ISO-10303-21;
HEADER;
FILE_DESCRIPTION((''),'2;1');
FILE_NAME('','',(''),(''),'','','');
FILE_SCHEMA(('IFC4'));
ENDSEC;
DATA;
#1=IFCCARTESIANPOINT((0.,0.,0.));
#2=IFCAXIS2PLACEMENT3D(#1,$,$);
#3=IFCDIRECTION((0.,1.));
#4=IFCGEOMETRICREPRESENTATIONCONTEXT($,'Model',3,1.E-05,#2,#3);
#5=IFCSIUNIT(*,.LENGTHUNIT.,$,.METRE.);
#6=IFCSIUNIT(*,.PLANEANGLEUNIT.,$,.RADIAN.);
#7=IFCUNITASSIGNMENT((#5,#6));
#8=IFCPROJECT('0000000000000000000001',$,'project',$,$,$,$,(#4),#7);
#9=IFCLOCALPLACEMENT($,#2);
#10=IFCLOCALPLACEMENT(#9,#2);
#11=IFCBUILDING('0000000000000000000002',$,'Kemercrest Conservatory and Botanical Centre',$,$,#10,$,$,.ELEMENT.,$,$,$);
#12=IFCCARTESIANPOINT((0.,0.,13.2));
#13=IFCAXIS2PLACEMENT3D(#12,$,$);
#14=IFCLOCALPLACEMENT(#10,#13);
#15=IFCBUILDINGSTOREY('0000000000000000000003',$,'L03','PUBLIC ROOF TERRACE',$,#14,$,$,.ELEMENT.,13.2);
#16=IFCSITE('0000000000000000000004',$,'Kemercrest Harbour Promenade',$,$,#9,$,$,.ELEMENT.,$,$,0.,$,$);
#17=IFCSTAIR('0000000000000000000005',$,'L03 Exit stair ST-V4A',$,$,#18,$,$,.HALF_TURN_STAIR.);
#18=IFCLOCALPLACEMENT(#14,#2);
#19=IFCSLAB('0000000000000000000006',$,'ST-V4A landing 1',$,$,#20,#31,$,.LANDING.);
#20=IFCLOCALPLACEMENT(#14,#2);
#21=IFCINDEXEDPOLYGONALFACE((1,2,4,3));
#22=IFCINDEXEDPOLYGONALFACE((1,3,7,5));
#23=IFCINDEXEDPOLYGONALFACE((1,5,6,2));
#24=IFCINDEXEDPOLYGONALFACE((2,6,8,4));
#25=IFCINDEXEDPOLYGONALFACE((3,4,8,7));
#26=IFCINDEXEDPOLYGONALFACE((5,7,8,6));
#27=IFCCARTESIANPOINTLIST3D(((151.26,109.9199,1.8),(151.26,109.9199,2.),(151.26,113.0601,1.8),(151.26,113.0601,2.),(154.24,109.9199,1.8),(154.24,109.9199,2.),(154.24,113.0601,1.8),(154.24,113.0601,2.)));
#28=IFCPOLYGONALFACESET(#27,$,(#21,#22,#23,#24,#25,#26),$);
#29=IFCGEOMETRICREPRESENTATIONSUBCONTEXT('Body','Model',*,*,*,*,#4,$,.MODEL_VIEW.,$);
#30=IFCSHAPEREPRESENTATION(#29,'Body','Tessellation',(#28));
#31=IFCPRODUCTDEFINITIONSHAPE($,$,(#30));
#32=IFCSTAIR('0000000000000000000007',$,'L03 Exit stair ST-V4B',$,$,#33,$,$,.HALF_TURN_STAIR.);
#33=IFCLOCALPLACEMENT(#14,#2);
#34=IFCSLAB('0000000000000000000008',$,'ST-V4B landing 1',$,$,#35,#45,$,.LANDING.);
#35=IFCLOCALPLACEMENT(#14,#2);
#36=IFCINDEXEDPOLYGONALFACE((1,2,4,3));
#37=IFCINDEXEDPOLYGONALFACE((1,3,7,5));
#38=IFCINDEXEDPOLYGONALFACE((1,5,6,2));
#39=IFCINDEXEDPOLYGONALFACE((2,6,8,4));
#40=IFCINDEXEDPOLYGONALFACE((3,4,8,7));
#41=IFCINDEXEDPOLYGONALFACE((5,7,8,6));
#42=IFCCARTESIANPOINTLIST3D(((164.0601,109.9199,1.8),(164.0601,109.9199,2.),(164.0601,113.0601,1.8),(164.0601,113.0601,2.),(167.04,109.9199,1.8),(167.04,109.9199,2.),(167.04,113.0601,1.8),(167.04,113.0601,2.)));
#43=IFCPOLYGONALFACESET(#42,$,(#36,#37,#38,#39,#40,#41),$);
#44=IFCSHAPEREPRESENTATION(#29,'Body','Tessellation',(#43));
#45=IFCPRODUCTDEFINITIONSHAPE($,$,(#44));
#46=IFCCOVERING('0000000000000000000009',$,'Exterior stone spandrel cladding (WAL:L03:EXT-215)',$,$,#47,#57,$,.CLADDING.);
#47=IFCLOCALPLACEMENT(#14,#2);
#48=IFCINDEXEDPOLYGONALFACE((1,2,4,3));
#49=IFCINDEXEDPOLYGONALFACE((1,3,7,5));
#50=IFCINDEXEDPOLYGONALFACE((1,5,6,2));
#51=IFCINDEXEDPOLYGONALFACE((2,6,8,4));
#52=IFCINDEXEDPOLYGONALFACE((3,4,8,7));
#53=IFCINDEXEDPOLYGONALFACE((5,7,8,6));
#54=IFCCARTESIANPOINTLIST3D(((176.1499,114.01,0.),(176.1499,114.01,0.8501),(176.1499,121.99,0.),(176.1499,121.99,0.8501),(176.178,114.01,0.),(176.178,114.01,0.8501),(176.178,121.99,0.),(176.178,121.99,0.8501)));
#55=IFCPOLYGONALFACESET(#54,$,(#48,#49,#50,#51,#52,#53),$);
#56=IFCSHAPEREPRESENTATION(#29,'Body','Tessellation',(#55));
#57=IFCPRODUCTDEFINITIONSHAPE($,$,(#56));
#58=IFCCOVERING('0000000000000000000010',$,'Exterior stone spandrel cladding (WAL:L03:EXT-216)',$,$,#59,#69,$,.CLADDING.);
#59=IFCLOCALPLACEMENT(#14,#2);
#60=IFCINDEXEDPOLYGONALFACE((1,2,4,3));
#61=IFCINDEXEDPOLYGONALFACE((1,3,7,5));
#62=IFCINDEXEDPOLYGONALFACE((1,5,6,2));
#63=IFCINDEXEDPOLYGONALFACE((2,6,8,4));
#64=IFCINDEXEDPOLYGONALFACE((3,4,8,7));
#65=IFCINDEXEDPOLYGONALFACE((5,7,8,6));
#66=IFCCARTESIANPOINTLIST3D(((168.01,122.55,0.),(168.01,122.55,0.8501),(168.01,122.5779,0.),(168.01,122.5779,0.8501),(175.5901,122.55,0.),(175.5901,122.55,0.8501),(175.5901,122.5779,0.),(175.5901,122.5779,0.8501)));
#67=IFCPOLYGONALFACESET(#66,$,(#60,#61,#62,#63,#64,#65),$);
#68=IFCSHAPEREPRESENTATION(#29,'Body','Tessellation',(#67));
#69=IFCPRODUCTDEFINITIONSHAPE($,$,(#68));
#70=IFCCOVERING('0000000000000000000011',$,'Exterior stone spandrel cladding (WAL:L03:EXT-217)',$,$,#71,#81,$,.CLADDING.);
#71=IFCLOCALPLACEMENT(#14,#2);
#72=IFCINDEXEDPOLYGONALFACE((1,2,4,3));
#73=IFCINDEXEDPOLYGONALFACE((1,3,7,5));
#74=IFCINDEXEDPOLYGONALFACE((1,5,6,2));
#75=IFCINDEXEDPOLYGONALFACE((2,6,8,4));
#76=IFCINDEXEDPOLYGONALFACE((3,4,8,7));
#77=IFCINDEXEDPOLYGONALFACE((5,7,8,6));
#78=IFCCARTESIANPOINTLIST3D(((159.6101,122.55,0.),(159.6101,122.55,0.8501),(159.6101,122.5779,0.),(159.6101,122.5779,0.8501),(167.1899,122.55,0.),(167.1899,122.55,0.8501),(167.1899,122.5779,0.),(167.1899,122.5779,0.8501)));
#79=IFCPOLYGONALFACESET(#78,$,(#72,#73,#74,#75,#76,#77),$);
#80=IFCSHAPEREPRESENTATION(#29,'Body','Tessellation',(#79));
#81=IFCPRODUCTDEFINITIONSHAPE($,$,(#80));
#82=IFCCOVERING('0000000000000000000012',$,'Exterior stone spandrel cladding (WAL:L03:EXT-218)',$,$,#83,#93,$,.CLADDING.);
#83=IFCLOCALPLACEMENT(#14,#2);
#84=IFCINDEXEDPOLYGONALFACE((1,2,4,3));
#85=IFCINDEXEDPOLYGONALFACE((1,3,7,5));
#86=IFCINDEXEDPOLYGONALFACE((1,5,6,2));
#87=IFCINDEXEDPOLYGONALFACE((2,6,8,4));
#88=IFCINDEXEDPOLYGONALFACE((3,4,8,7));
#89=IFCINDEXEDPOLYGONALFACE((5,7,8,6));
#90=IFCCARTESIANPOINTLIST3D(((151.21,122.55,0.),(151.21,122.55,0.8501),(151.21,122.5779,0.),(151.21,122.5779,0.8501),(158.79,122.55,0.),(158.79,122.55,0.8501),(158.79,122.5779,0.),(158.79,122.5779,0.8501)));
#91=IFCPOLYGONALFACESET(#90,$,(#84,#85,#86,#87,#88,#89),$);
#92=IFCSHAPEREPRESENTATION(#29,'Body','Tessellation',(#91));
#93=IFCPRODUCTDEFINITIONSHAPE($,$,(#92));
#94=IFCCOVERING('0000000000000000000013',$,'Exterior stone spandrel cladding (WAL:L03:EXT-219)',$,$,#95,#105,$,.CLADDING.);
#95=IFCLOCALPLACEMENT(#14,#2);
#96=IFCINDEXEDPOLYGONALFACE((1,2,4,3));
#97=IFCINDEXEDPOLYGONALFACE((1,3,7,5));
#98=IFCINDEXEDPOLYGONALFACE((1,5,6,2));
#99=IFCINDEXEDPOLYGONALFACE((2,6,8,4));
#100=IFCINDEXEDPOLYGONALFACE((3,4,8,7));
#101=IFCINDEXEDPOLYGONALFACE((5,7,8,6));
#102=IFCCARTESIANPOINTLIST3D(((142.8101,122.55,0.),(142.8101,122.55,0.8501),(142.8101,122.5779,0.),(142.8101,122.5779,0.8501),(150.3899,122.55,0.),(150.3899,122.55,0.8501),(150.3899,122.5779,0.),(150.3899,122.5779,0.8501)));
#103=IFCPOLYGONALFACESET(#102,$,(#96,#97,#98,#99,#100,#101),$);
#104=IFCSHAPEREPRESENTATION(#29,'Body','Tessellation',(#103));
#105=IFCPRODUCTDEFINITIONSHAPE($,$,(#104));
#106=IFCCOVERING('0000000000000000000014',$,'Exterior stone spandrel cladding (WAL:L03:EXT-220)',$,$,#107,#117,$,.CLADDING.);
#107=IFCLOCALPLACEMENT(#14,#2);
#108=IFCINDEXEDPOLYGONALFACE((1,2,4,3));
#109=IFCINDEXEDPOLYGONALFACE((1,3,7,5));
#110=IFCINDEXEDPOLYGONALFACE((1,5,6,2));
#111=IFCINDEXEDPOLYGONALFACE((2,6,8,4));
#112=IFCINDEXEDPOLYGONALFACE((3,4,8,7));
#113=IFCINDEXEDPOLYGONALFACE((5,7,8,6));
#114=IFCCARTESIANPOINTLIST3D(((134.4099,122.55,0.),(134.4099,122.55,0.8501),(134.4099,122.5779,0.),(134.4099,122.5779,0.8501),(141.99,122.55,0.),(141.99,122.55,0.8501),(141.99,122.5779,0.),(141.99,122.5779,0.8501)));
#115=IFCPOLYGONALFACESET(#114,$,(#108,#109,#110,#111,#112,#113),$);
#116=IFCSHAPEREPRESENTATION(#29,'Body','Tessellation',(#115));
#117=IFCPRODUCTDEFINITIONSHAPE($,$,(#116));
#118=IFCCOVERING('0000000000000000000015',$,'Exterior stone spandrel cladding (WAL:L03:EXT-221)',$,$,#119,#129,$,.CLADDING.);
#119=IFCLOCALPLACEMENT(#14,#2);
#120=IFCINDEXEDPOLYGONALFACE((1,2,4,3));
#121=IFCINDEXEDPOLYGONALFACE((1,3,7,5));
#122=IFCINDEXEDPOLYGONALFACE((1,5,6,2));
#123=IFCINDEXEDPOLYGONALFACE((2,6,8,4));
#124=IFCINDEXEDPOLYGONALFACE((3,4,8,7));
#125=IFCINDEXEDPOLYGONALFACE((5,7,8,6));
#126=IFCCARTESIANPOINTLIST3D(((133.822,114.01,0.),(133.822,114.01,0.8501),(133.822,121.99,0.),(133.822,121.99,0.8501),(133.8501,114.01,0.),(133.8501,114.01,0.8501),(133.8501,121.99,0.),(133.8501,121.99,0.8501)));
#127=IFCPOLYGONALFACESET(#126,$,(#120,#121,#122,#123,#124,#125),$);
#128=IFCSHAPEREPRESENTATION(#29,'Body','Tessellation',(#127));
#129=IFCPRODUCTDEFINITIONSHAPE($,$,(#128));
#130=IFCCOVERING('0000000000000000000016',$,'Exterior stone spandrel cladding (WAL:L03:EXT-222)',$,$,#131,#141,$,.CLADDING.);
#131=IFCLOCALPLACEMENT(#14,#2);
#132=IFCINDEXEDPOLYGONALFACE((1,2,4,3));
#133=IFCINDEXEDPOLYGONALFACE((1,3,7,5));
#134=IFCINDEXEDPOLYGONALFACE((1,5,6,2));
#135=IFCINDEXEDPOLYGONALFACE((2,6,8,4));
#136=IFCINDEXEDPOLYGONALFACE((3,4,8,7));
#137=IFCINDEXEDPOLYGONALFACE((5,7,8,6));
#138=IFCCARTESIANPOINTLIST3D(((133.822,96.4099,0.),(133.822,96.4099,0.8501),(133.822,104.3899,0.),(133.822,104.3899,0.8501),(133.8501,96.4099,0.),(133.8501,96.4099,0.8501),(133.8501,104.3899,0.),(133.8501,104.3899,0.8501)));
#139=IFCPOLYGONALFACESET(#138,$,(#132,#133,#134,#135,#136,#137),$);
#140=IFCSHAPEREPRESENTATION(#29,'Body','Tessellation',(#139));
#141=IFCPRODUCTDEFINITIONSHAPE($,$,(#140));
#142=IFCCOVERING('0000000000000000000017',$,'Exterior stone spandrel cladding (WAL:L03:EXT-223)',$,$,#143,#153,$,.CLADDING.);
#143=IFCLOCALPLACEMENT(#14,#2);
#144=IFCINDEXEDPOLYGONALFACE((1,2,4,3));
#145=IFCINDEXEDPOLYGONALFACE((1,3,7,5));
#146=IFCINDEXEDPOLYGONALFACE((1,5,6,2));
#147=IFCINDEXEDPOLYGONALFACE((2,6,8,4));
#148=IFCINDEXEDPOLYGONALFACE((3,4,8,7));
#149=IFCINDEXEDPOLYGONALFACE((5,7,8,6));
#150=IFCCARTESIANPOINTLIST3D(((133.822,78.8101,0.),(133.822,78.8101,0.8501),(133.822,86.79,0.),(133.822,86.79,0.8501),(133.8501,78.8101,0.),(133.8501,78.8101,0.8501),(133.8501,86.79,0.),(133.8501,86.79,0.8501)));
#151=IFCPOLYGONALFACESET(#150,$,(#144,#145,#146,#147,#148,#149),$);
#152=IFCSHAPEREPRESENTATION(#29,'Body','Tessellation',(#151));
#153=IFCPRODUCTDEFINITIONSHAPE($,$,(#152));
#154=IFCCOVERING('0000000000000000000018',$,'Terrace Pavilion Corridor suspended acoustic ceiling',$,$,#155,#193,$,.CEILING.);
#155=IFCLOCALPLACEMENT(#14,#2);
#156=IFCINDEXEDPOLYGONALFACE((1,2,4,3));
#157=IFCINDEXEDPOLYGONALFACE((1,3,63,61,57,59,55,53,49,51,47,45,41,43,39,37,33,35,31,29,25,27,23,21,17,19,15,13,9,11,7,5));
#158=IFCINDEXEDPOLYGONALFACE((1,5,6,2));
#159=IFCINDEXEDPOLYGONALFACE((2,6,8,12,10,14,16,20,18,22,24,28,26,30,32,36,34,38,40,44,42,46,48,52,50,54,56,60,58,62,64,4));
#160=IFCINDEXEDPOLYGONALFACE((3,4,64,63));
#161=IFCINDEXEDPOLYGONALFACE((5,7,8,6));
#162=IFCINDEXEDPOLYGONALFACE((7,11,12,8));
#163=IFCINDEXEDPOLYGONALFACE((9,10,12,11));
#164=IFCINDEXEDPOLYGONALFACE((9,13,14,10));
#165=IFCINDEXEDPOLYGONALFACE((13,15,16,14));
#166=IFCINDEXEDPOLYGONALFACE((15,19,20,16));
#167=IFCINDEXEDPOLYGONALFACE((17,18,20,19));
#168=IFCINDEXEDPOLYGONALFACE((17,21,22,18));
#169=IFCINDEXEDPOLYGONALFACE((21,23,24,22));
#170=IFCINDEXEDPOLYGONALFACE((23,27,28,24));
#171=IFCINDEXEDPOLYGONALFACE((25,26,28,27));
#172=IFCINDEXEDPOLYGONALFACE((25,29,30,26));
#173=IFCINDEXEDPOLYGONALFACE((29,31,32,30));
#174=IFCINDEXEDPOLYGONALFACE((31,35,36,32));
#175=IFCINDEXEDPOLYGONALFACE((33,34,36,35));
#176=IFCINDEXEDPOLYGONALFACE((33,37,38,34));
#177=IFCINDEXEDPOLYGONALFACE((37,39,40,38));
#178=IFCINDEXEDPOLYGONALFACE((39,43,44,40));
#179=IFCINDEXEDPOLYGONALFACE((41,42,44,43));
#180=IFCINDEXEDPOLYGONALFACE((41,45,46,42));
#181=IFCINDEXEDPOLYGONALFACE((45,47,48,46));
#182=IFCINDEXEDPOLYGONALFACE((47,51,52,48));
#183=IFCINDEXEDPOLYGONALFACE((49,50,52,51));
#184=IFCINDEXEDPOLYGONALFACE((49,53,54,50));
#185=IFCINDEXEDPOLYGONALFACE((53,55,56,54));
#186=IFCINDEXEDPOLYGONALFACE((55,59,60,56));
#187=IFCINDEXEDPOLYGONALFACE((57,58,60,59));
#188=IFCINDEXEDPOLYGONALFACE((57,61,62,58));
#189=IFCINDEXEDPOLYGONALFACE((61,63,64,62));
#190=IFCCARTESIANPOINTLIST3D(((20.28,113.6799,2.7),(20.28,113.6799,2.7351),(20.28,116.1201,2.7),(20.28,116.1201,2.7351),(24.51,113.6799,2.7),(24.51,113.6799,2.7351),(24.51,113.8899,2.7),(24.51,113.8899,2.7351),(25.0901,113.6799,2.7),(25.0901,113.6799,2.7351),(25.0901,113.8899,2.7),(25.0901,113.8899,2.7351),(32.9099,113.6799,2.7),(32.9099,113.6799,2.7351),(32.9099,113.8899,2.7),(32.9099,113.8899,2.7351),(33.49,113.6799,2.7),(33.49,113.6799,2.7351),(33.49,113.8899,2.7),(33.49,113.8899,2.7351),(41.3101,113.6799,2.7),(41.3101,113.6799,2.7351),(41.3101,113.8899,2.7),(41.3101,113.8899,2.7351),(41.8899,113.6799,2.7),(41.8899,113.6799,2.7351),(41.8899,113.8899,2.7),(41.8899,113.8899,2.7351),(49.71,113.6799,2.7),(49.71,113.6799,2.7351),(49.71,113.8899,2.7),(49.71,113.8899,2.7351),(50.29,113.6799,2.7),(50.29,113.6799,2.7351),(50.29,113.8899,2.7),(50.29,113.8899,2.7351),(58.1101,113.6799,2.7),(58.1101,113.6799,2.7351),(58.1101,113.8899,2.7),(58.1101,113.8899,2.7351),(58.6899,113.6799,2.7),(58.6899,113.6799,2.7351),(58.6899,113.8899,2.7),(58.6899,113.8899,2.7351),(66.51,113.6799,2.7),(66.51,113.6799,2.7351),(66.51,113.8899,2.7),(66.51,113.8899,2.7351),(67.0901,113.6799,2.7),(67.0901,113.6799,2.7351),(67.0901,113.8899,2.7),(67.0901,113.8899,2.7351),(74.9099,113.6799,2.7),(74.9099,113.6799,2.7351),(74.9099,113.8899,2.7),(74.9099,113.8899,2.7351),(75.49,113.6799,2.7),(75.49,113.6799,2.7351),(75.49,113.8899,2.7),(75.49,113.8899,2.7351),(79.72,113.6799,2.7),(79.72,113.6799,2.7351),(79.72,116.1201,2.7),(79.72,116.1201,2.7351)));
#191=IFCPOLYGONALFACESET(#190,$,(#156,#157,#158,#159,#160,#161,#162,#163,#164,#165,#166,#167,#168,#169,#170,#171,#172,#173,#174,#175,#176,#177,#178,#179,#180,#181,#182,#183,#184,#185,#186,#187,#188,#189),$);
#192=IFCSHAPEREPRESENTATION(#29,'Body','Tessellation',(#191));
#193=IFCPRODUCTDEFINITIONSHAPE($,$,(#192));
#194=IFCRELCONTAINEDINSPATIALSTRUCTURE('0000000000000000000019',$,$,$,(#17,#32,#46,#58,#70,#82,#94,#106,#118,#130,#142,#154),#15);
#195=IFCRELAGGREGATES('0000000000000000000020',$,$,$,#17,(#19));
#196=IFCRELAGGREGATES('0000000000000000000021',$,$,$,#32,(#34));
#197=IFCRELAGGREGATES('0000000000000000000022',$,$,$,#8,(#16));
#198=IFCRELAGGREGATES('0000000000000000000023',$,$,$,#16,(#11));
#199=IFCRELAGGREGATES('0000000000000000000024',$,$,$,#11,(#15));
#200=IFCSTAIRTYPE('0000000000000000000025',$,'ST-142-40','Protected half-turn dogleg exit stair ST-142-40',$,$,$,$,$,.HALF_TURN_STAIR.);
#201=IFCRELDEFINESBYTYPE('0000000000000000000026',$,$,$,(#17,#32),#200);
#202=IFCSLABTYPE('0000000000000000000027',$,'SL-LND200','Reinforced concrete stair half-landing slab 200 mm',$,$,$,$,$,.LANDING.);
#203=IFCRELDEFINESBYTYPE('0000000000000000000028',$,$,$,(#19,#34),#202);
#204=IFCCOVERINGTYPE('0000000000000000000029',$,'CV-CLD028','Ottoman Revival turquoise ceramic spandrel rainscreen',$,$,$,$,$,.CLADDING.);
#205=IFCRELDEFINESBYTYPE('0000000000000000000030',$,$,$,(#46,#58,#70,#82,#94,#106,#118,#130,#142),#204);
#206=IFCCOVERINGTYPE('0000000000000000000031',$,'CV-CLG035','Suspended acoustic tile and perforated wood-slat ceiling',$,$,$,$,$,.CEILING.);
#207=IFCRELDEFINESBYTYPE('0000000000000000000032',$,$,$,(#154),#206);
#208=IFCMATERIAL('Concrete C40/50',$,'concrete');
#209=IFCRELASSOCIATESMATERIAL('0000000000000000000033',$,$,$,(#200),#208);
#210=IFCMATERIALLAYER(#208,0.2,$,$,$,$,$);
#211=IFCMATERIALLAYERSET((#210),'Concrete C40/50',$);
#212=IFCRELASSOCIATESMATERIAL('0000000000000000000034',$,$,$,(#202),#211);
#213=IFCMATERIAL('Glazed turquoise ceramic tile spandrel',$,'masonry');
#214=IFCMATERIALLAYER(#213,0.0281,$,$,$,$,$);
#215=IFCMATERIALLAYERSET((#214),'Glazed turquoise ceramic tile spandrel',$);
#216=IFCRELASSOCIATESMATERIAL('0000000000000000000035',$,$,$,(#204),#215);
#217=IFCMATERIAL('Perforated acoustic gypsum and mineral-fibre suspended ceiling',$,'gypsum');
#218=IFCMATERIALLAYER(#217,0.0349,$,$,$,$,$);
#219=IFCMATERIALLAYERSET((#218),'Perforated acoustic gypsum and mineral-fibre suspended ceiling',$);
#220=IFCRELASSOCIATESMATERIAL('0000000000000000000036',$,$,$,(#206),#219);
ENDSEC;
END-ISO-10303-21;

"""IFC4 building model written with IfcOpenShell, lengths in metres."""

from ifc_helpers import new_model, si_unit, direction, frame, origin, place, context, subcontext, project, spatial, polyline, outline, extrude, material, layer, layer_set, type_object, element, aggregate, save


model = new_model("IFC4")

# Units and contexts
model_context = context("Model", 3, precision=1e-05, world=origin(), true_north=direction((0.0, 1.0)))
body_context = subcontext(model_context, "Body", "Model", "MODEL_VIEW")
ifc_project = project(units=[si_unit("LENGTHUNIT", "METRE"), si_unit("PLANEANGLEUNIT", "RADIAN")], contexts=[model_context])

# Site, building, storey
site_placement = place(None, origin())
site = spatial("IfcSite", under=ifc_project, at=site_placement, Name="Kemercrest Harbour Promenade", CompositionType="ELEMENT", RefElevation=0.0)
building_placement = place(site_placement, origin())
building = spatial("IfcBuilding", under=site, at=building_placement, Name="Kemercrest Conservatory and Botanical Centre", CompositionType="ELEMENT")
storey_placement = place(building_placement, frame((0.0, 0.0, 13.2)))
storey = spatial("IfcBuildingStorey", under=building, at=storey_placement, Name="L03", Description="PUBLIC ROOF TERRACE", CompositionType="ELEMENT", Elevation=13.2)

# Stairs, slabs
ifc_material_1 = material(Name="Concrete C40/50", Category="concrete")
stair_type = type_object("IfcStairType", Name="ST-142-40", Description="Protected half-turn dogleg exit stair ST-142-40", PredefinedType="HALF_TURN_STAIR", material=ifc_material_1)
stair_1_placement = place(storey_placement, origin())
stair_1 = element("IfcStair", 1, at=stair_1_placement, inside=storey, type_object=stair_type, Name="L03 Exit stair ST-V4A", PredefinedType="HALF_TURN_STAIR")
ifc_layer_1 = layer(ifc_material_1, 0.2)
ifc_layer_set_1 = layer_set([ifc_layer_1], Name="Concrete C40/50")
slab_type = type_object("IfcSlabType", Name="SL-LND200", Description="Reinforced concrete stair half-landing slab 200 mm", PredefinedType="LANDING", material=ifc_layer_set_1)
slab_1_placement = place(storey_placement, frame((0.0, 0.0, 1.8)))
slab_1 = element("IfcSlab", 2, at=slab_1_placement, type_object=slab_type, Name="ST-V4A landing 1", PredefinedType="LANDING", context=body_context, shape_type="SweptSolid", body=[
    extrude(outline(polyline([(154.24, 109.9199), (154.24, 113.0601), (151.26, 113.0601), (151.26, 109.9199), (154.24, 109.9199)])), origin(), (0.0, 0.0, 1.0), 0.2),
])
aggregate(stair_1, [slab_1])
stair_2_placement = place(storey_placement, origin())
stair_2 = element("IfcStair", 3, at=stair_2_placement, inside=storey, type_object=stair_type, Name="L03 Exit stair ST-V4B", PredefinedType="HALF_TURN_STAIR")
slab_2_placement = place(storey_placement, frame((0.0, 0.0, 1.8)))
slab_2 = element("IfcSlab", 4, at=slab_2_placement, type_object=slab_type, Name="ST-V4B landing 1", PredefinedType="LANDING", context=body_context, shape_type="SweptSolid", body=[
    extrude(outline(polyline([(167.04, 109.9199), (167.04, 113.0601), (164.0601, 113.0601), (164.0601, 109.9199), (167.04, 109.9199)])), origin(), (0.0, 0.0, 1.0), 0.2),
])
aggregate(stair_2, [slab_2])

# Coverings
ifc_material_2 = material(Name="Glazed turquoise ceramic tile spandrel", Category="masonry")
ifc_layer_2 = layer(ifc_material_2, 0.0281)
ifc_layer_set_2 = layer_set([ifc_layer_2], Name="Glazed turquoise ceramic tile spandrel")
covering_type_1 = type_object("IfcCoveringType", Name="CV-CLD028", Description="Ottoman Revival turquoise ceramic spandrel rainscreen", PredefinedType="CLADDING", material=ifc_layer_set_2)
covering_1_placement = place(storey_placement, origin())
element("IfcCovering", 5, at=covering_1_placement, inside=storey, type_object=covering_type_1, Name="Exterior stone spandrel cladding (WAL:L03:EXT-215)", PredefinedType="CLADDING", context=body_context, shape_type="SweptSolid", body=[
    extrude(outline(polyline([(176.1499, 114.01), (176.178, 114.01), (176.178, 121.99), (176.1499, 121.99), (176.1499, 114.01)])), origin(), (0.0, 0.0, 1.0), 0.8501),
])
covering_2_placement = place(storey_placement, origin())
element("IfcCovering", 6, at=covering_2_placement, inside=storey, type_object=covering_type_1, Name="Exterior stone spandrel cladding (WAL:L03:EXT-216)", PredefinedType="CLADDING", context=body_context, shape_type="SweptSolid", body=[
    extrude(outline(polyline([(175.5901, 122.55), (175.5901, 122.5779), (168.01, 122.5779), (168.01, 122.55), (175.5901, 122.55)])), origin(), (0.0, 0.0, 1.0), 0.8501),
])
covering_3_placement = place(storey_placement, origin())
element("IfcCovering", 7, at=covering_3_placement, inside=storey, type_object=covering_type_1, Name="Exterior stone spandrel cladding (WAL:L03:EXT-217)", PredefinedType="CLADDING", context=body_context, shape_type="SweptSolid", body=[
    extrude(outline(polyline([(167.1899, 122.55), (167.1899, 122.5779), (159.6101, 122.5779), (159.6101, 122.55), (167.1899, 122.55)])), origin(), (0.0, 0.0, 1.0), 0.8501),
])
covering_4_placement = place(storey_placement, origin())
element("IfcCovering", 8, at=covering_4_placement, inside=storey, type_object=covering_type_1, Name="Exterior stone spandrel cladding (WAL:L03:EXT-218)", PredefinedType="CLADDING", context=body_context, shape_type="SweptSolid", body=[
    extrude(outline(polyline([(158.79, 122.55), (158.79, 122.5779), (151.21, 122.5779), (151.21, 122.55), (158.79, 122.55)])), origin(), (0.0, 0.0, 1.0), 0.8501),
])
covering_5_placement = place(storey_placement, origin())
element("IfcCovering", 9, at=covering_5_placement, inside=storey, type_object=covering_type_1, Name="Exterior stone spandrel cladding (WAL:L03:EXT-219)", PredefinedType="CLADDING", context=body_context, shape_type="SweptSolid", body=[
    extrude(outline(polyline([(150.3899, 122.55), (150.3899, 122.5779), (142.8101, 122.5779), (142.8101, 122.55), (150.3899, 122.55)])), origin(), (0.0, 0.0, 1.0), 0.8501),
])
covering_6_placement = place(storey_placement, origin())
element("IfcCovering", 10, at=covering_6_placement, inside=storey, type_object=covering_type_1, Name="Exterior stone spandrel cladding (WAL:L03:EXT-220)", PredefinedType="CLADDING", context=body_context, shape_type="SweptSolid", body=[
    extrude(outline(polyline([(141.99, 122.55), (141.99, 122.5779), (134.4099, 122.5779), (134.4099, 122.55), (141.99, 122.55)])), origin(), (0.0, 0.0, 1.0), 0.8501),
])
covering_7_placement = place(storey_placement, origin())
element("IfcCovering", 11, at=covering_7_placement, inside=storey, type_object=covering_type_1, Name="Exterior stone spandrel cladding (WAL:L03:EXT-221)", PredefinedType="CLADDING", context=body_context, shape_type="SweptSolid", body=[
    extrude(outline(polyline([(133.8501, 121.99), (133.822, 121.99), (133.822, 114.01), (133.8501, 114.01), (133.8501, 121.99)])), origin(), (0.0, 0.0, 1.0), 0.8501),
])
covering_8_placement = place(storey_placement, origin())
element("IfcCovering", 12, at=covering_8_placement, inside=storey, type_object=covering_type_1, Name="Exterior stone spandrel cladding (WAL:L03:EXT-222)", PredefinedType="CLADDING", context=body_context, shape_type="SweptSolid", body=[
    extrude(outline(polyline([(133.8501, 104.3899), (133.822, 104.3899), (133.822, 96.4099), (133.8501, 96.4099), (133.8501, 104.3899)])), origin(), (0.0, 0.0, 1.0), 0.8501),
])
covering_9_placement = place(storey_placement, origin())
element("IfcCovering", 13, at=covering_9_placement, inside=storey, type_object=covering_type_1, Name="Exterior stone spandrel cladding (WAL:L03:EXT-223)", PredefinedType="CLADDING", context=body_context, shape_type="SweptSolid", body=[
    extrude(outline(polyline([(133.8501, 86.79), (133.822, 86.79), (133.822, 78.8101), (133.8501, 78.8101), (133.8501, 86.79)])), origin(), (0.0, 0.0, 1.0), 0.8501),
])
ifc_material_3 = material(Name="Perforated acoustic gypsum and mineral-fibre suspended ceiling", Category="gypsum")
ifc_layer_3 = layer(ifc_material_3, 0.0349)
ifc_layer_set_3 = layer_set([ifc_layer_3], Name="Perforated acoustic gypsum and mineral-fibre suspended ceiling")
covering_type_2 = type_object("IfcCoveringType", Name="CV-CLG035", Description="Suspended acoustic tile and perforated wood-slat ceiling", PredefinedType="CEILING", material=ifc_layer_set_3)
covering_10_placement = place(storey_placement, frame((0.0, 0.0, 2.7)))
element("IfcCovering", 14, at=covering_10_placement, inside=storey, type_object=covering_type_2, Name="Terrace Pavilion Corridor suspended acoustic ceiling", PredefinedType="CEILING", context=body_context, shape_type="SweptSolid", body=[
    extrude(outline(polyline([(75.49, 113.6799), (79.72, 113.6799), (79.72, 116.1201), (20.28, 116.1201), (20.28, 113.6799), (24.51, 113.6799), (24.51, 113.8899), (25.0901, 113.8899), (25.0901, 113.6799), (32.9099, 113.6799), (32.9099, 113.8899), (33.49, 113.8899), (33.49, 113.6799), (41.3101, 113.6799), (41.3101, 113.8899), (41.8899, 113.8899), (41.8899, 113.6799), (49.71, 113.6799), (49.71, 113.8899), (50.29, 113.8899), (50.29, 113.6799), (58.1101, 113.6799), (58.1101, 113.8899), (58.6899, 113.8899), (58.6899, 113.6799), (66.51, 113.6799), (66.51, 113.8899), (67.0901, 113.8899), (67.0901, 113.6799), (74.9099, 113.6799), (74.9099, 113.8899), (75.49, 113.8899), (75.49, 113.6799)])), origin(), (0.0, 0.0, 1.0), 0.0352),
])

save(model, "model.ifc")
